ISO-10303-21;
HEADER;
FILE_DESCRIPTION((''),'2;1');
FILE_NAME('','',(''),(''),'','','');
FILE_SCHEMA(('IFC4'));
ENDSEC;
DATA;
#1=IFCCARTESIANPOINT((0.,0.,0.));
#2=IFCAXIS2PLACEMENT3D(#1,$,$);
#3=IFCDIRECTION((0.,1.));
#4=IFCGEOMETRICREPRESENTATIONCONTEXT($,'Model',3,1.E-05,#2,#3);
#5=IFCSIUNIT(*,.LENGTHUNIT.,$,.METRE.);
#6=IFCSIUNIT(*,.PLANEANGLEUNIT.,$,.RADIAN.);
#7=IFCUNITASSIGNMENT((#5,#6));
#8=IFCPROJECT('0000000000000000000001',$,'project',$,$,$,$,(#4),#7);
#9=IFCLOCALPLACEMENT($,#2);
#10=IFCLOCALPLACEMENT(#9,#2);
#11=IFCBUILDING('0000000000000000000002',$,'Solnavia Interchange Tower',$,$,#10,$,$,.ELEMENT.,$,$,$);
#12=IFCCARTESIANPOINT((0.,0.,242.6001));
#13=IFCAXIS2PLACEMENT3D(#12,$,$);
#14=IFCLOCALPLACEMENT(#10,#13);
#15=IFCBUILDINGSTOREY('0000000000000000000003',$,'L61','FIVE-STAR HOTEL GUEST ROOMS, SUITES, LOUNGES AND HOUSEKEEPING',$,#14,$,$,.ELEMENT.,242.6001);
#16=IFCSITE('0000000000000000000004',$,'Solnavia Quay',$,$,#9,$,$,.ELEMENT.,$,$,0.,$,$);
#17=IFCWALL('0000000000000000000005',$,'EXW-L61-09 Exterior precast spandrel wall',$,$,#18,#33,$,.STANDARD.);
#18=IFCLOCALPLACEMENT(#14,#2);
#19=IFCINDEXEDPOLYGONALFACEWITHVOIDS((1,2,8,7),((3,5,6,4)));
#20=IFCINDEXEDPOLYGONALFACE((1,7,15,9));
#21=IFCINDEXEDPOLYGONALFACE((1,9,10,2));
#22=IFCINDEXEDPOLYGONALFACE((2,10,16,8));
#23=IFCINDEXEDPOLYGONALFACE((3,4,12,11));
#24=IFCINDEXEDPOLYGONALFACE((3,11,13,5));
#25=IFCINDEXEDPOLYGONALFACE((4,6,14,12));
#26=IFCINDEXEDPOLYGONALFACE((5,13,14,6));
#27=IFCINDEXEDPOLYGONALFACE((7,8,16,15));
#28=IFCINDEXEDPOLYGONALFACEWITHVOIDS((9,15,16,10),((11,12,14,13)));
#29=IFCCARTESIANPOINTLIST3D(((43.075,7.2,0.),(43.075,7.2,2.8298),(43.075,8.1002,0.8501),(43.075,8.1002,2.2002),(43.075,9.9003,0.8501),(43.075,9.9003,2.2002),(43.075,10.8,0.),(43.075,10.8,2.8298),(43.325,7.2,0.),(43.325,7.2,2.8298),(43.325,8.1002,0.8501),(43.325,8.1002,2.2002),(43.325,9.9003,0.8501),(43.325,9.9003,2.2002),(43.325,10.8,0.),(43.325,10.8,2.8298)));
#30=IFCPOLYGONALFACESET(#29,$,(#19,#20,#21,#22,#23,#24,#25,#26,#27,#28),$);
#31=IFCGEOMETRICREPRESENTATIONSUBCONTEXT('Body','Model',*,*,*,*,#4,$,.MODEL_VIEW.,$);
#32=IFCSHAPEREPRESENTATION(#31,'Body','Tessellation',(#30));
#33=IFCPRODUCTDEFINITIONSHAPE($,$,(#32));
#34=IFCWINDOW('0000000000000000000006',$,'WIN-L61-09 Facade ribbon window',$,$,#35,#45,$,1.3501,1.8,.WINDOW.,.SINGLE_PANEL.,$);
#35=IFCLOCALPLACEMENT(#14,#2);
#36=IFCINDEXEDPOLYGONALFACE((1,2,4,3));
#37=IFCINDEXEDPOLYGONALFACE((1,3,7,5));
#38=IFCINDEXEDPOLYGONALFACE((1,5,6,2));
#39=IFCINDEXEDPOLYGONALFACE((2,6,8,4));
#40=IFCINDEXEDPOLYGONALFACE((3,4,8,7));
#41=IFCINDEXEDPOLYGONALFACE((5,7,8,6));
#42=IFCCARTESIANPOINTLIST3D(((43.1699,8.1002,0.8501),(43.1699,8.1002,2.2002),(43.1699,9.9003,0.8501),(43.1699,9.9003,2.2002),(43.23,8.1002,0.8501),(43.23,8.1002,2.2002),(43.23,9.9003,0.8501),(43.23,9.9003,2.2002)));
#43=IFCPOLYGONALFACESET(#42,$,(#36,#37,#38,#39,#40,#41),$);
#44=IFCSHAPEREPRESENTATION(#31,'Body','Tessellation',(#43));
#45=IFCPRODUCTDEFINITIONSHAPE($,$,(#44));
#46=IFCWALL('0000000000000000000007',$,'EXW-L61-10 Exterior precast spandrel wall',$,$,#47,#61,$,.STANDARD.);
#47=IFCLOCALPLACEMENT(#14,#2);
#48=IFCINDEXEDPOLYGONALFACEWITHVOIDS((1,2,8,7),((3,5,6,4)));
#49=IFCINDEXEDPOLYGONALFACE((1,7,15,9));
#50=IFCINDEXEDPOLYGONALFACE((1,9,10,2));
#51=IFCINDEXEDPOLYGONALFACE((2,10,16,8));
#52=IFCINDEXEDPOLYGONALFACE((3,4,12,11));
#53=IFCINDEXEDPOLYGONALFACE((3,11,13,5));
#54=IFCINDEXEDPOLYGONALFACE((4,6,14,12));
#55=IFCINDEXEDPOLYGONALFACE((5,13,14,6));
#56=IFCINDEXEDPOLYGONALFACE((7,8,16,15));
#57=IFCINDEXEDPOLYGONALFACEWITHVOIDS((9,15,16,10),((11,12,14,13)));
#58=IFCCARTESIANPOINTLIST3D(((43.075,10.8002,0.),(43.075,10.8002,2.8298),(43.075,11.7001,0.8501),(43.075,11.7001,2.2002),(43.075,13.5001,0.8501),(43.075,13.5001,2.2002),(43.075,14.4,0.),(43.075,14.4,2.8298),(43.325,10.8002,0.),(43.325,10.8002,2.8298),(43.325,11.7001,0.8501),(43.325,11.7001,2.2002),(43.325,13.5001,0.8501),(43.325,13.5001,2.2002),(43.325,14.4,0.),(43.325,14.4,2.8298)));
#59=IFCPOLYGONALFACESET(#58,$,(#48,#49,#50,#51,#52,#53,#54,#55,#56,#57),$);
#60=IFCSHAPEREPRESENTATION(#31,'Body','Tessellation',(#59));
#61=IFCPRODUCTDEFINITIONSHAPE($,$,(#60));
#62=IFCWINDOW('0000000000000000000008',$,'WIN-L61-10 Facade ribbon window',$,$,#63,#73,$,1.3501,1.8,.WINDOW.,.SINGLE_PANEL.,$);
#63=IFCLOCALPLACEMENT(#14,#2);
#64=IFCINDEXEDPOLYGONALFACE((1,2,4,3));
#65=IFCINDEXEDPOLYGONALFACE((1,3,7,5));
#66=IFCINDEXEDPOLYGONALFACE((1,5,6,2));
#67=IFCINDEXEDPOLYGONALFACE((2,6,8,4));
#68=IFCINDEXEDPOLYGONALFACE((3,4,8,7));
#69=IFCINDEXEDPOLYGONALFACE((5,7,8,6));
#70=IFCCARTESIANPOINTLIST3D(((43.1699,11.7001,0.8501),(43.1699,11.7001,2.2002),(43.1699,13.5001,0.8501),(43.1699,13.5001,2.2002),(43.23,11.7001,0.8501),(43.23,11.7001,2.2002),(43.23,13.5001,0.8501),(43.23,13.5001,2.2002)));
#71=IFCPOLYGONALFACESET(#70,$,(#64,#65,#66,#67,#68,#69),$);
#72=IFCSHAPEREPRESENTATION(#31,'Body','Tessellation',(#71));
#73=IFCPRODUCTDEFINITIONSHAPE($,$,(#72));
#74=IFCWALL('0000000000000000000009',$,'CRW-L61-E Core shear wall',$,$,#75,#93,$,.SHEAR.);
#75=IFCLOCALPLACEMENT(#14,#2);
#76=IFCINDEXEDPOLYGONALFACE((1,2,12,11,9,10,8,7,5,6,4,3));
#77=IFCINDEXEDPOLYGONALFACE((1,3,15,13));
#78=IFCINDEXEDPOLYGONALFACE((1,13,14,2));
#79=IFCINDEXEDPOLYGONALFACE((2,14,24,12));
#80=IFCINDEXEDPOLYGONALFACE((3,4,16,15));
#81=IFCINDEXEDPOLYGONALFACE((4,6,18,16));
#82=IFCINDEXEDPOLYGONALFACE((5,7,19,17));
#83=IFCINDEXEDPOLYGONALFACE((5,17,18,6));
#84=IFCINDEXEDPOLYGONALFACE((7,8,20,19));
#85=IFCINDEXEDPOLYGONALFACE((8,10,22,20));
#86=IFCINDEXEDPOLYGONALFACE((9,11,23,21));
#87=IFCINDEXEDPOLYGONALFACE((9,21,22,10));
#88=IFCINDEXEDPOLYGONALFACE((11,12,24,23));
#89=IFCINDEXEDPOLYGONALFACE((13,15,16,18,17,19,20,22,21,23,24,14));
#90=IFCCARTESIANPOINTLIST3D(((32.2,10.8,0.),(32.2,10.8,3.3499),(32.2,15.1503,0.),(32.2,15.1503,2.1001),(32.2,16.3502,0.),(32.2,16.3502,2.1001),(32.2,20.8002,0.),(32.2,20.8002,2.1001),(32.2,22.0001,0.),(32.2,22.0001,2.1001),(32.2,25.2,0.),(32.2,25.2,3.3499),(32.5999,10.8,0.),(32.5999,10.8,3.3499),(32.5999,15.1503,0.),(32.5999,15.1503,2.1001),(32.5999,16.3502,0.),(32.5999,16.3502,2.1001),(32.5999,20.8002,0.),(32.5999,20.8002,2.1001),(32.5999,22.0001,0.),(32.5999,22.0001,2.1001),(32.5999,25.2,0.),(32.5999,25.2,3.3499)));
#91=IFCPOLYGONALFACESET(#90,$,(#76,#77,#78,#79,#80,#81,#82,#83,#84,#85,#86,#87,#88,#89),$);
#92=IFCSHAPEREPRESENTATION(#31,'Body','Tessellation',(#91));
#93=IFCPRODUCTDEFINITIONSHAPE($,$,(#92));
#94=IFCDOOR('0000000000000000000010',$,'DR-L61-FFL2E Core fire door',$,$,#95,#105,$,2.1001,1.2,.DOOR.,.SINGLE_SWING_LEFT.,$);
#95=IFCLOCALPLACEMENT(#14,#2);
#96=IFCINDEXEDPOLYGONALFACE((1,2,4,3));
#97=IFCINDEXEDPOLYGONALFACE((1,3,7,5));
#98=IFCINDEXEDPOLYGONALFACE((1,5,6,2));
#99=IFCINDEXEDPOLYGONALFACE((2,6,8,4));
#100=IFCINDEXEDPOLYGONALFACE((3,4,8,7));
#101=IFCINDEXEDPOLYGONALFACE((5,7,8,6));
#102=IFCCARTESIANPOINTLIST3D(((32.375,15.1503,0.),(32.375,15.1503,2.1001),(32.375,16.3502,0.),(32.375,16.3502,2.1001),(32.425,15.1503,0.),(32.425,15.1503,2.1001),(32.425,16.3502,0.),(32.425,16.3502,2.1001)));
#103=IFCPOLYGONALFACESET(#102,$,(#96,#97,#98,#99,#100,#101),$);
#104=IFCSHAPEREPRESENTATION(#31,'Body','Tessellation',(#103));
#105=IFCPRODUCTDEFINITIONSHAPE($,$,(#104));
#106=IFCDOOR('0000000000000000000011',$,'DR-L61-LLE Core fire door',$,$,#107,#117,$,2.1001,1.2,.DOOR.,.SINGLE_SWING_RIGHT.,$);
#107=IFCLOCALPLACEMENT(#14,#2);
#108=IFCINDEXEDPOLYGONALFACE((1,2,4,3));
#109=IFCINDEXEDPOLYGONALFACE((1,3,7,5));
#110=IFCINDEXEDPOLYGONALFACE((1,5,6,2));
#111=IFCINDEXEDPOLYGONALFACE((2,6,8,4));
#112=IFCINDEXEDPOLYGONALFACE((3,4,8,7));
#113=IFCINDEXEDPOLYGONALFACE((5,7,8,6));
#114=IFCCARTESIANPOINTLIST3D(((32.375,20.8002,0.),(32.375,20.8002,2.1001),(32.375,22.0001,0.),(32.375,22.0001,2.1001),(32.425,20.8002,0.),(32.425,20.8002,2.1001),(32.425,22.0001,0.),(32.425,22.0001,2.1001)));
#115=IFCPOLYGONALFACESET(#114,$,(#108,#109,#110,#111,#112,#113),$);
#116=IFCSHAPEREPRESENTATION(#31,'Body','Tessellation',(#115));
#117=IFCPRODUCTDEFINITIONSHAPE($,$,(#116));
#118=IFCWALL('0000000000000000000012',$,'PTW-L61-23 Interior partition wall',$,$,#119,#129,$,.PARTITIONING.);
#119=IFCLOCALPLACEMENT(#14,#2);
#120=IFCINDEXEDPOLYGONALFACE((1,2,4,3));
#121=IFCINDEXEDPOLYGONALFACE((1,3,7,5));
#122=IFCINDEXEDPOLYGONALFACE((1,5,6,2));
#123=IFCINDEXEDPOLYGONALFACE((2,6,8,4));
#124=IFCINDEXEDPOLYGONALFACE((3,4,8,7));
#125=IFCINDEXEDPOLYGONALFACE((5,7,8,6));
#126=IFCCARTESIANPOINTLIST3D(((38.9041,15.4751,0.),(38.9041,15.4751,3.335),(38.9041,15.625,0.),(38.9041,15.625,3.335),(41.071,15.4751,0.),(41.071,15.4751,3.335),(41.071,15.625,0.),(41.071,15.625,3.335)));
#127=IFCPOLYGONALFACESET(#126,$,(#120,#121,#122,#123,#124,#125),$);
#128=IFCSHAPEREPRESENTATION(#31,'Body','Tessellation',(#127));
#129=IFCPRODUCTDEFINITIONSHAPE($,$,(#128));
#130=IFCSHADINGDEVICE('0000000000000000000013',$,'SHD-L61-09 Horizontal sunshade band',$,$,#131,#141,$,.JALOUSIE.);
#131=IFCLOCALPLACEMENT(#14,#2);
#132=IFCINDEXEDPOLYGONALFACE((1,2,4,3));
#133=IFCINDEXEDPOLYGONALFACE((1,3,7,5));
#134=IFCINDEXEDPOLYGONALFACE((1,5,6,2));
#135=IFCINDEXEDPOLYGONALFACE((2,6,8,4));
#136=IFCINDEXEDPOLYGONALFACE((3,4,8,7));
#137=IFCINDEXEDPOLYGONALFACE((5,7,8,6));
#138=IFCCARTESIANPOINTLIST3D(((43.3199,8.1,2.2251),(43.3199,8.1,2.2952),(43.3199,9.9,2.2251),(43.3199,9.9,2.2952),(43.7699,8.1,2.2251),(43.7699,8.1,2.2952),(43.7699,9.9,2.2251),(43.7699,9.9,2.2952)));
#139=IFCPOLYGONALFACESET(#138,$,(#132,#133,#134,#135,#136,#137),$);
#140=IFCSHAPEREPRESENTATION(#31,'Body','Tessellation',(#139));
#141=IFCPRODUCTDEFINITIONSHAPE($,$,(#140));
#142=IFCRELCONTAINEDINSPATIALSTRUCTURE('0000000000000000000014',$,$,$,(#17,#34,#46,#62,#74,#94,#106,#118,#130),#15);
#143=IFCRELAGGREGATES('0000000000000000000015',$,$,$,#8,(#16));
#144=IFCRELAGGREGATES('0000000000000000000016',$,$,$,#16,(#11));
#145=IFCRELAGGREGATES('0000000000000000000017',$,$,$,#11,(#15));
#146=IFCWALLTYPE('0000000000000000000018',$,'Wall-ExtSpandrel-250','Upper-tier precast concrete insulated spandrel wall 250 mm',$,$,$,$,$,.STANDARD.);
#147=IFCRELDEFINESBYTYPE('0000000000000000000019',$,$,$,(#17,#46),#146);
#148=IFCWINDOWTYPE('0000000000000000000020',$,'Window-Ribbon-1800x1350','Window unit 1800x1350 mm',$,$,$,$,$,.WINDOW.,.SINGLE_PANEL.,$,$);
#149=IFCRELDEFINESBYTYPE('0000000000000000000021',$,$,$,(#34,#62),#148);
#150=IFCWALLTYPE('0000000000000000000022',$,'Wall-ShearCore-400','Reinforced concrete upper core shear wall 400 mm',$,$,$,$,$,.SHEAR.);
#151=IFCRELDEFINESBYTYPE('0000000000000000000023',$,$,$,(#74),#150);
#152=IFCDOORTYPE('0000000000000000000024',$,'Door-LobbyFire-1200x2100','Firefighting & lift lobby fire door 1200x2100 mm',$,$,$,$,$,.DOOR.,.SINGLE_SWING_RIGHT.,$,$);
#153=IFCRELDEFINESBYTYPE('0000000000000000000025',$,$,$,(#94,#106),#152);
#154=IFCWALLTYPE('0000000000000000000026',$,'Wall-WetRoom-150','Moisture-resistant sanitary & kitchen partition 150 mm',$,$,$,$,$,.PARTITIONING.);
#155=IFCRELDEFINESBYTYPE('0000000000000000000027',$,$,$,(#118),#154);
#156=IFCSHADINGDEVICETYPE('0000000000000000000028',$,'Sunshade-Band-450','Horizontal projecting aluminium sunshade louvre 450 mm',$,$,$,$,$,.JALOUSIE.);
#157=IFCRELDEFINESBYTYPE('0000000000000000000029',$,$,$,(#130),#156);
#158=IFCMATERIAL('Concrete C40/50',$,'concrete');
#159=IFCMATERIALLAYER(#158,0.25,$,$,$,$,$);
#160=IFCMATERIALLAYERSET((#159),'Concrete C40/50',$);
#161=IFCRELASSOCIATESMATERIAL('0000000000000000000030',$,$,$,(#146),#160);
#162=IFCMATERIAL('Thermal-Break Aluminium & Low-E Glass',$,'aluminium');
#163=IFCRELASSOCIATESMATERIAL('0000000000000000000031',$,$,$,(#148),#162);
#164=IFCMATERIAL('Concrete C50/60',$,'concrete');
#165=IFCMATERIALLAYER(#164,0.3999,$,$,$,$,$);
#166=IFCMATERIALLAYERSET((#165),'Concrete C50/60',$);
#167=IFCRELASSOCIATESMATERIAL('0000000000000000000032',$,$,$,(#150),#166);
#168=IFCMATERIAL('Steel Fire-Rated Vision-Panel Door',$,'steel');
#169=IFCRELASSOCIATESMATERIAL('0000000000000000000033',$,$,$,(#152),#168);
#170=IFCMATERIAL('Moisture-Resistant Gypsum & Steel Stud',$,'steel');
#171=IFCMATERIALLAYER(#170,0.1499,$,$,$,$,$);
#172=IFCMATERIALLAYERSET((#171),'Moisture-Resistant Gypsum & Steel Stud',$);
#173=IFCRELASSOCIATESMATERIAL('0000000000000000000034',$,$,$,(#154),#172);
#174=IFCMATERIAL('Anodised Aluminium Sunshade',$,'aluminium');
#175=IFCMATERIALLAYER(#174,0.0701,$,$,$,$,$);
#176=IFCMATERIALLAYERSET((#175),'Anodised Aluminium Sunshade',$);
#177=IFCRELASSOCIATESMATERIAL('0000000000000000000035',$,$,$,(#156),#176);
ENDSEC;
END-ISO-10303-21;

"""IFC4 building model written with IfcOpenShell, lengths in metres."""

from ifc_helpers import new_model, si_unit, direction, frame, frame_2d, origin, origin_2d, place, context, subcontext, project, spatial, rectangle, extrude, material, layer, layer_set, type_object, element, fill, save


model = new_model("IFC4")

# Units and contexts
model_context = context("Model", 3, precision=1e-05, world=origin(), true_north=direction((0.0, 1.0)))
body_context = subcontext(model_context, "Body", "Model", "MODEL_VIEW")
ifc_project = project(units=[si_unit("LENGTHUNIT", "METRE"), si_unit("PLANEANGLEUNIT", "RADIAN")], contexts=[model_context])

# Site, building, storey
site_placement = place(None, origin())
site = spatial("IfcSite", under=ifc_project, at=site_placement, Name="Solnavia Quay", CompositionType="ELEMENT", RefElevation=0.0)
building_placement = place(site_placement, origin())
building = spatial("IfcBuilding", under=site, at=building_placement, Name="Solnavia Interchange Tower", CompositionType="ELEMENT")
storey_placement = place(building_placement, frame((0.0, 0.0, 242.6001)))
storey = spatial("IfcBuildingStorey", under=building, at=storey_placement, Name="L61", Description="FIVE-STAR HOTEL GUEST ROOMS, SUITES, LOUNGES AND HOUSEKEEPING", CompositionType="ELEMENT", Elevation=242.6001)

# Shared definitions
ifc_material_1 = material(Name="Concrete C50/60", Category="concrete")

# Shared definitions
ifc_material_2 = material(Name="Concrete C40/50", Category="concrete")
ifc_layer_1 = layer(ifc_material_2, 0.25)
ifc_layer_set_1 = layer_set([ifc_layer_1], Name="Concrete C40/50")
wall_type_1 = type_object("IfcWallType", Name="Wall-ExtSpandrel-250", Description="Upper-tier precast concrete insulated spandrel wall 250 mm", PredefinedType="STANDARD", material=ifc_layer_set_1)

# Walls, openings, windows
wall_1_placement = place(storey_placement, frame((43.2, 10.8, 0.0), z_axis=(0.0, 0.0, 1.0), x_axis=(0.0, -1.0, 0.0)))
wall_1 = element("IfcWall", 1, at=wall_1_placement, inside=storey, type_object=wall_type_1, Name="EXW-L61-09 Exterior precast spandrel wall", PredefinedType="STANDARD", context=body_context, shape_type="SweptSolid", body=[
    extrude(rectangle(XDim=3.6001, YDim=0.25, at=frame_2d((1.8, 0.0))), origin(), (0.0, 0.0, 1.0), 2.8298),
])
opening_1_placement = place(wall_1_placement, frame((0.8999, 0.0, 0.8501)))
opening_1 = element("IfcOpeningElement", 2, at=opening_1_placement, cuts=wall_1, PredefinedType="OPENING", context=body_context, shape_type="SweptSolid", body=[
    extrude(rectangle(XDim=1.8, YDim=1.3501, at=frame_2d((0.8999, 0.675))), frame((0.0, 0.135, 0.0), z_axis=(0.0, -1.0, 0.0), x_axis=(1.0, 0.0, 0.0)), (0.0, 0.0, 1.0), 0.27),
])
ifc_material_3 = material(Name="Thermal-Break Aluminium & Low-E Glass", Category="aluminium")
window_type = type_object("IfcWindowType", Name="Window-Ribbon-1800x1350", Description="Window unit 1800x1350 mm", PartitioningType="SINGLE_PANEL", PredefinedType="WINDOW", material=ifc_material_3)
window_1_placement = place(opening_1_placement, origin())
window_1 = element("IfcWindow", 3, at=window_1_placement, inside=storey, type_object=window_type, Name="WIN-L61-09 Facade ribbon window", OverallHeight=1.3501, OverallWidth=1.8, PartitioningType="SINGLE_PANEL", PredefinedType="WINDOW", context=body_context, shape_type="SweptSolid", body=[
    extrude(rectangle(XDim=1.8, YDim=1.3501, at=frame_2d((0.8999, 0.675))), frame((0.0, 0.03, 0.0), z_axis=(0.0, -1.0, 0.0), x_axis=(1.0, 0.0, 0.0)), (0.0, 0.0, 1.0), 0.0601),
])
fill(opening_1, window_1)
wall_2_placement = place(storey_placement, frame((43.2, 14.3999, 0.0), z_axis=(0.0, 0.0, 1.0), x_axis=(0.0, -1.0, 0.0)))
wall_2 = element("IfcWall", 4, at=wall_2_placement, inside=storey, type_object=wall_type_1, Name="EXW-L61-10 Exterior precast spandrel wall", PredefinedType="STANDARD", context=body_context, shape_type="SweptSolid", body=[
    extrude(rectangle(XDim=3.5999, YDim=0.25, at=frame_2d((1.7998, 0.0))), origin(), (0.0, 0.0, 1.0), 2.8298),
])
opening_2_placement = place(wall_2_placement, frame((0.8999, 0.0, 0.8501)))
opening_2 = element("IfcOpeningElement", 5, at=opening_2_placement, cuts=wall_2, PredefinedType="OPENING", context=body_context, shape_type="SweptSolid", body=[
    extrude(rectangle(XDim=1.8, YDim=1.3501, at=frame_2d((0.8999, 0.675))), frame((0.0, 0.135, 0.0), z_axis=(0.0, -1.0, 0.0), x_axis=(1.0, 0.0, 0.0)), (0.0, 0.0, 1.0), 0.27),
])
window_2_placement = place(opening_2_placement, origin())
window_2 = element("IfcWindow", 6, at=window_2_placement, inside=storey, type_object=window_type, Name="WIN-L61-10 Facade ribbon window", OverallHeight=1.3501, OverallWidth=1.8, PartitioningType="SINGLE_PANEL", PredefinedType="WINDOW", context=body_context, shape_type="SweptSolid", body=[
    extrude(rectangle(XDim=1.8, YDim=1.3501, at=frame_2d((0.8999, 0.675))), frame((0.0, 0.03, 0.0), z_axis=(0.0, -1.0, 0.0), x_axis=(1.0, 0.0, 0.0)), (0.0, 0.0, 1.0), 0.0601),
])
fill(opening_2, window_2)

# Wall, openings, doors
ifc_layer_2 = layer(ifc_material_1, 0.3999)
ifc_layer_set_2 = layer_set([ifc_layer_2], Name="Concrete C50/60")
wall_type_2 = type_object("IfcWallType", Name="Wall-ShearCore-400", Description="Reinforced concrete upper core shear wall 400 mm", PredefinedType="SHEAR", material=ifc_layer_set_2)
wall_3_placement = place(storey_placement, frame((32.3999, 10.8, 0.0), z_axis=(0.0, 0.0, 1.0), x_axis=(0.0, 1.0, 0.0)))
wall_3 = element("IfcWall", 7, at=wall_3_placement, inside=storey, type_object=wall_type_2, Name="CRW-L61-E Core shear wall", PredefinedType="SHEAR", context=body_context, shape_type="SweptSolid", body=[
    extrude(rectangle(XDim=14.3999, YDim=0.3999, at=frame_2d((7.2, 0.0))), origin(), (0.0, 0.0, 1.0), 3.3499),
])
opening_3_placement = place(wall_3_placement, frame((4.3501, 0.0, 0.0)))
opening_3 = element("IfcOpeningElement", 8, at=opening_3_placement, cuts=wall_3, PredefinedType="OPENING", context=body_context, shape_type="SweptSolid", body=[
    extrude(rectangle(XDim=1.2, YDim=2.1001, at=frame_2d((0.6001, 1.05))), frame((0.0, 0.21, 0.0), z_axis=(0.0, -1.0, 0.0), x_axis=(1.0, 0.0, 0.0)), (0.0, 0.0, 1.0), 0.4199),
])
opening_4_placement = place(wall_3_placement, frame((10.0, 0.0, 0.0)))
opening_4 = element("IfcOpeningElement", 9, at=opening_4_placement, cuts=wall_3, PredefinedType="OPENING", context=body_context, shape_type="SweptSolid", body=[
    extrude(rectangle(XDim=1.2, YDim=2.1001, at=frame_2d((0.6001, 1.05))), frame((0.0, 0.21, 0.0), z_axis=(0.0, -1.0, 0.0), x_axis=(1.0, 0.0, 0.0)), (0.0, 0.0, 1.0), 0.4199),
])
ifc_material_4 = material(Name="Steel Fire-Rated Vision-Panel Door", Category="steel")
door_type = type_object("IfcDoorType", Name="Door-LobbyFire-1200x2100", Description="Firefighting & lift lobby fire door 1200x2100 mm", OperationType="SINGLE_SWING_RIGHT", PredefinedType="DOOR", material=ifc_material_4)
door_1_placement = place(opening_3_placement, origin())
door_1 = element("IfcDoor", 10, at=door_1_placement, inside=storey, type_object=door_type, Name="DR-L61-FFL2E Core fire door", OperationType="SINGLE_SWING_LEFT", OverallHeight=2.1001, OverallWidth=1.2, PredefinedType="DOOR", context=body_context, shape_type="SweptSolid", body=[
    extrude(rectangle(XDim=1.2, YDim=2.1001, at=frame_2d((0.6001, 1.05))), frame((0.0, 0.0249, 0.0), z_axis=(0.0, -1.0, 0.0), x_axis=(1.0, 0.0, 0.0)), (0.0, 0.0, 1.0), 0.05),
])
fill(opening_3, door_1)
door_2_placement = place(opening_4_placement, origin())
door_2 = element("IfcDoor", 11, at=door_2_placement, inside=storey, type_object=door_type, Name="DR-L61-LLE Core fire door", OperationType="SINGLE_SWING_RIGHT", OverallHeight=2.1001, OverallWidth=1.2, PredefinedType="DOOR", context=body_context, shape_type="SweptSolid", body=[
    extrude(rectangle(XDim=1.2, YDim=2.1001, at=frame_2d((0.6001, 1.05))), frame((0.0, 0.0249, 0.0), z_axis=(0.0, -1.0, 0.0), x_axis=(1.0, 0.0, 0.0)), (0.0, 0.0, 1.0), 0.05),
])
fill(opening_4, door_2)

# Wall
ifc_material_5 = material(Name="Moisture-Resistant Gypsum & Steel Stud", Category="steel")
ifc_layer_3 = layer(ifc_material_5, 0.1499)
ifc_layer_set_3 = layer_set([ifc_layer_3], Name="Moisture-Resistant Gypsum & Steel Stud")
wall_type_3 = type_object("IfcWallType", Name="Wall-WetRoom-150", Description="Moisture-resistant sanitary & kitchen partition 150 mm", PredefinedType="PARTITIONING", material=ifc_layer_set_3)
wall_4_placement = place(storey_placement, frame((38.9041, 15.55, 0.0), z_axis=(0.0, 0.0, 1.0), x_axis=(1.0, 0.0, 0.0)))
element("IfcWall", 12, at=wall_4_placement, inside=storey, type_object=wall_type_3, Name="PTW-L61-23 Interior partition wall", PredefinedType="PARTITIONING", context=body_context, shape_type="SweptSolid", body=[
    extrude(rectangle(XDim=2.167, YDim=0.1499, at=frame_2d((1.0835, 0.0))), origin(), (0.0, 0.0, 1.0), 3.335),
])

# Shading device
ifc_material_6 = material(Name="Anodised Aluminium Sunshade", Category="aluminium")
ifc_layer_4 = layer(ifc_material_6, 0.0701)
ifc_layer_set_4 = layer_set([ifc_layer_4], Name="Anodised Aluminium Sunshade")
shading_device_type = type_object("IfcShadingDeviceType", Name="Sunshade-Band-450", Description="Horizontal projecting aluminium sunshade louvre 450 mm", PredefinedType="JALOUSIE", material=ifc_layer_set_4)
shading_device_placement = place(storey_placement, frame((43.5449, 9.0, 2.2251), z_axis=(0.0, 0.0, 1.0), x_axis=(0.0, -1.0, 0.0)))
element("IfcShadingDevice", 13, at=shading_device_placement, inside=storey, type_object=shading_device_type, Name="SHD-L61-09 Horizontal sunshade band", PredefinedType="JALOUSIE", context=body_context, shape_type="SweptSolid", body=[
    extrude(rectangle(XDim=1.8, YDim=0.45, at=origin_2d()), origin(), (0.0, 0.0, 1.0), 0.0701),
])

save(model, "model.ifc")
